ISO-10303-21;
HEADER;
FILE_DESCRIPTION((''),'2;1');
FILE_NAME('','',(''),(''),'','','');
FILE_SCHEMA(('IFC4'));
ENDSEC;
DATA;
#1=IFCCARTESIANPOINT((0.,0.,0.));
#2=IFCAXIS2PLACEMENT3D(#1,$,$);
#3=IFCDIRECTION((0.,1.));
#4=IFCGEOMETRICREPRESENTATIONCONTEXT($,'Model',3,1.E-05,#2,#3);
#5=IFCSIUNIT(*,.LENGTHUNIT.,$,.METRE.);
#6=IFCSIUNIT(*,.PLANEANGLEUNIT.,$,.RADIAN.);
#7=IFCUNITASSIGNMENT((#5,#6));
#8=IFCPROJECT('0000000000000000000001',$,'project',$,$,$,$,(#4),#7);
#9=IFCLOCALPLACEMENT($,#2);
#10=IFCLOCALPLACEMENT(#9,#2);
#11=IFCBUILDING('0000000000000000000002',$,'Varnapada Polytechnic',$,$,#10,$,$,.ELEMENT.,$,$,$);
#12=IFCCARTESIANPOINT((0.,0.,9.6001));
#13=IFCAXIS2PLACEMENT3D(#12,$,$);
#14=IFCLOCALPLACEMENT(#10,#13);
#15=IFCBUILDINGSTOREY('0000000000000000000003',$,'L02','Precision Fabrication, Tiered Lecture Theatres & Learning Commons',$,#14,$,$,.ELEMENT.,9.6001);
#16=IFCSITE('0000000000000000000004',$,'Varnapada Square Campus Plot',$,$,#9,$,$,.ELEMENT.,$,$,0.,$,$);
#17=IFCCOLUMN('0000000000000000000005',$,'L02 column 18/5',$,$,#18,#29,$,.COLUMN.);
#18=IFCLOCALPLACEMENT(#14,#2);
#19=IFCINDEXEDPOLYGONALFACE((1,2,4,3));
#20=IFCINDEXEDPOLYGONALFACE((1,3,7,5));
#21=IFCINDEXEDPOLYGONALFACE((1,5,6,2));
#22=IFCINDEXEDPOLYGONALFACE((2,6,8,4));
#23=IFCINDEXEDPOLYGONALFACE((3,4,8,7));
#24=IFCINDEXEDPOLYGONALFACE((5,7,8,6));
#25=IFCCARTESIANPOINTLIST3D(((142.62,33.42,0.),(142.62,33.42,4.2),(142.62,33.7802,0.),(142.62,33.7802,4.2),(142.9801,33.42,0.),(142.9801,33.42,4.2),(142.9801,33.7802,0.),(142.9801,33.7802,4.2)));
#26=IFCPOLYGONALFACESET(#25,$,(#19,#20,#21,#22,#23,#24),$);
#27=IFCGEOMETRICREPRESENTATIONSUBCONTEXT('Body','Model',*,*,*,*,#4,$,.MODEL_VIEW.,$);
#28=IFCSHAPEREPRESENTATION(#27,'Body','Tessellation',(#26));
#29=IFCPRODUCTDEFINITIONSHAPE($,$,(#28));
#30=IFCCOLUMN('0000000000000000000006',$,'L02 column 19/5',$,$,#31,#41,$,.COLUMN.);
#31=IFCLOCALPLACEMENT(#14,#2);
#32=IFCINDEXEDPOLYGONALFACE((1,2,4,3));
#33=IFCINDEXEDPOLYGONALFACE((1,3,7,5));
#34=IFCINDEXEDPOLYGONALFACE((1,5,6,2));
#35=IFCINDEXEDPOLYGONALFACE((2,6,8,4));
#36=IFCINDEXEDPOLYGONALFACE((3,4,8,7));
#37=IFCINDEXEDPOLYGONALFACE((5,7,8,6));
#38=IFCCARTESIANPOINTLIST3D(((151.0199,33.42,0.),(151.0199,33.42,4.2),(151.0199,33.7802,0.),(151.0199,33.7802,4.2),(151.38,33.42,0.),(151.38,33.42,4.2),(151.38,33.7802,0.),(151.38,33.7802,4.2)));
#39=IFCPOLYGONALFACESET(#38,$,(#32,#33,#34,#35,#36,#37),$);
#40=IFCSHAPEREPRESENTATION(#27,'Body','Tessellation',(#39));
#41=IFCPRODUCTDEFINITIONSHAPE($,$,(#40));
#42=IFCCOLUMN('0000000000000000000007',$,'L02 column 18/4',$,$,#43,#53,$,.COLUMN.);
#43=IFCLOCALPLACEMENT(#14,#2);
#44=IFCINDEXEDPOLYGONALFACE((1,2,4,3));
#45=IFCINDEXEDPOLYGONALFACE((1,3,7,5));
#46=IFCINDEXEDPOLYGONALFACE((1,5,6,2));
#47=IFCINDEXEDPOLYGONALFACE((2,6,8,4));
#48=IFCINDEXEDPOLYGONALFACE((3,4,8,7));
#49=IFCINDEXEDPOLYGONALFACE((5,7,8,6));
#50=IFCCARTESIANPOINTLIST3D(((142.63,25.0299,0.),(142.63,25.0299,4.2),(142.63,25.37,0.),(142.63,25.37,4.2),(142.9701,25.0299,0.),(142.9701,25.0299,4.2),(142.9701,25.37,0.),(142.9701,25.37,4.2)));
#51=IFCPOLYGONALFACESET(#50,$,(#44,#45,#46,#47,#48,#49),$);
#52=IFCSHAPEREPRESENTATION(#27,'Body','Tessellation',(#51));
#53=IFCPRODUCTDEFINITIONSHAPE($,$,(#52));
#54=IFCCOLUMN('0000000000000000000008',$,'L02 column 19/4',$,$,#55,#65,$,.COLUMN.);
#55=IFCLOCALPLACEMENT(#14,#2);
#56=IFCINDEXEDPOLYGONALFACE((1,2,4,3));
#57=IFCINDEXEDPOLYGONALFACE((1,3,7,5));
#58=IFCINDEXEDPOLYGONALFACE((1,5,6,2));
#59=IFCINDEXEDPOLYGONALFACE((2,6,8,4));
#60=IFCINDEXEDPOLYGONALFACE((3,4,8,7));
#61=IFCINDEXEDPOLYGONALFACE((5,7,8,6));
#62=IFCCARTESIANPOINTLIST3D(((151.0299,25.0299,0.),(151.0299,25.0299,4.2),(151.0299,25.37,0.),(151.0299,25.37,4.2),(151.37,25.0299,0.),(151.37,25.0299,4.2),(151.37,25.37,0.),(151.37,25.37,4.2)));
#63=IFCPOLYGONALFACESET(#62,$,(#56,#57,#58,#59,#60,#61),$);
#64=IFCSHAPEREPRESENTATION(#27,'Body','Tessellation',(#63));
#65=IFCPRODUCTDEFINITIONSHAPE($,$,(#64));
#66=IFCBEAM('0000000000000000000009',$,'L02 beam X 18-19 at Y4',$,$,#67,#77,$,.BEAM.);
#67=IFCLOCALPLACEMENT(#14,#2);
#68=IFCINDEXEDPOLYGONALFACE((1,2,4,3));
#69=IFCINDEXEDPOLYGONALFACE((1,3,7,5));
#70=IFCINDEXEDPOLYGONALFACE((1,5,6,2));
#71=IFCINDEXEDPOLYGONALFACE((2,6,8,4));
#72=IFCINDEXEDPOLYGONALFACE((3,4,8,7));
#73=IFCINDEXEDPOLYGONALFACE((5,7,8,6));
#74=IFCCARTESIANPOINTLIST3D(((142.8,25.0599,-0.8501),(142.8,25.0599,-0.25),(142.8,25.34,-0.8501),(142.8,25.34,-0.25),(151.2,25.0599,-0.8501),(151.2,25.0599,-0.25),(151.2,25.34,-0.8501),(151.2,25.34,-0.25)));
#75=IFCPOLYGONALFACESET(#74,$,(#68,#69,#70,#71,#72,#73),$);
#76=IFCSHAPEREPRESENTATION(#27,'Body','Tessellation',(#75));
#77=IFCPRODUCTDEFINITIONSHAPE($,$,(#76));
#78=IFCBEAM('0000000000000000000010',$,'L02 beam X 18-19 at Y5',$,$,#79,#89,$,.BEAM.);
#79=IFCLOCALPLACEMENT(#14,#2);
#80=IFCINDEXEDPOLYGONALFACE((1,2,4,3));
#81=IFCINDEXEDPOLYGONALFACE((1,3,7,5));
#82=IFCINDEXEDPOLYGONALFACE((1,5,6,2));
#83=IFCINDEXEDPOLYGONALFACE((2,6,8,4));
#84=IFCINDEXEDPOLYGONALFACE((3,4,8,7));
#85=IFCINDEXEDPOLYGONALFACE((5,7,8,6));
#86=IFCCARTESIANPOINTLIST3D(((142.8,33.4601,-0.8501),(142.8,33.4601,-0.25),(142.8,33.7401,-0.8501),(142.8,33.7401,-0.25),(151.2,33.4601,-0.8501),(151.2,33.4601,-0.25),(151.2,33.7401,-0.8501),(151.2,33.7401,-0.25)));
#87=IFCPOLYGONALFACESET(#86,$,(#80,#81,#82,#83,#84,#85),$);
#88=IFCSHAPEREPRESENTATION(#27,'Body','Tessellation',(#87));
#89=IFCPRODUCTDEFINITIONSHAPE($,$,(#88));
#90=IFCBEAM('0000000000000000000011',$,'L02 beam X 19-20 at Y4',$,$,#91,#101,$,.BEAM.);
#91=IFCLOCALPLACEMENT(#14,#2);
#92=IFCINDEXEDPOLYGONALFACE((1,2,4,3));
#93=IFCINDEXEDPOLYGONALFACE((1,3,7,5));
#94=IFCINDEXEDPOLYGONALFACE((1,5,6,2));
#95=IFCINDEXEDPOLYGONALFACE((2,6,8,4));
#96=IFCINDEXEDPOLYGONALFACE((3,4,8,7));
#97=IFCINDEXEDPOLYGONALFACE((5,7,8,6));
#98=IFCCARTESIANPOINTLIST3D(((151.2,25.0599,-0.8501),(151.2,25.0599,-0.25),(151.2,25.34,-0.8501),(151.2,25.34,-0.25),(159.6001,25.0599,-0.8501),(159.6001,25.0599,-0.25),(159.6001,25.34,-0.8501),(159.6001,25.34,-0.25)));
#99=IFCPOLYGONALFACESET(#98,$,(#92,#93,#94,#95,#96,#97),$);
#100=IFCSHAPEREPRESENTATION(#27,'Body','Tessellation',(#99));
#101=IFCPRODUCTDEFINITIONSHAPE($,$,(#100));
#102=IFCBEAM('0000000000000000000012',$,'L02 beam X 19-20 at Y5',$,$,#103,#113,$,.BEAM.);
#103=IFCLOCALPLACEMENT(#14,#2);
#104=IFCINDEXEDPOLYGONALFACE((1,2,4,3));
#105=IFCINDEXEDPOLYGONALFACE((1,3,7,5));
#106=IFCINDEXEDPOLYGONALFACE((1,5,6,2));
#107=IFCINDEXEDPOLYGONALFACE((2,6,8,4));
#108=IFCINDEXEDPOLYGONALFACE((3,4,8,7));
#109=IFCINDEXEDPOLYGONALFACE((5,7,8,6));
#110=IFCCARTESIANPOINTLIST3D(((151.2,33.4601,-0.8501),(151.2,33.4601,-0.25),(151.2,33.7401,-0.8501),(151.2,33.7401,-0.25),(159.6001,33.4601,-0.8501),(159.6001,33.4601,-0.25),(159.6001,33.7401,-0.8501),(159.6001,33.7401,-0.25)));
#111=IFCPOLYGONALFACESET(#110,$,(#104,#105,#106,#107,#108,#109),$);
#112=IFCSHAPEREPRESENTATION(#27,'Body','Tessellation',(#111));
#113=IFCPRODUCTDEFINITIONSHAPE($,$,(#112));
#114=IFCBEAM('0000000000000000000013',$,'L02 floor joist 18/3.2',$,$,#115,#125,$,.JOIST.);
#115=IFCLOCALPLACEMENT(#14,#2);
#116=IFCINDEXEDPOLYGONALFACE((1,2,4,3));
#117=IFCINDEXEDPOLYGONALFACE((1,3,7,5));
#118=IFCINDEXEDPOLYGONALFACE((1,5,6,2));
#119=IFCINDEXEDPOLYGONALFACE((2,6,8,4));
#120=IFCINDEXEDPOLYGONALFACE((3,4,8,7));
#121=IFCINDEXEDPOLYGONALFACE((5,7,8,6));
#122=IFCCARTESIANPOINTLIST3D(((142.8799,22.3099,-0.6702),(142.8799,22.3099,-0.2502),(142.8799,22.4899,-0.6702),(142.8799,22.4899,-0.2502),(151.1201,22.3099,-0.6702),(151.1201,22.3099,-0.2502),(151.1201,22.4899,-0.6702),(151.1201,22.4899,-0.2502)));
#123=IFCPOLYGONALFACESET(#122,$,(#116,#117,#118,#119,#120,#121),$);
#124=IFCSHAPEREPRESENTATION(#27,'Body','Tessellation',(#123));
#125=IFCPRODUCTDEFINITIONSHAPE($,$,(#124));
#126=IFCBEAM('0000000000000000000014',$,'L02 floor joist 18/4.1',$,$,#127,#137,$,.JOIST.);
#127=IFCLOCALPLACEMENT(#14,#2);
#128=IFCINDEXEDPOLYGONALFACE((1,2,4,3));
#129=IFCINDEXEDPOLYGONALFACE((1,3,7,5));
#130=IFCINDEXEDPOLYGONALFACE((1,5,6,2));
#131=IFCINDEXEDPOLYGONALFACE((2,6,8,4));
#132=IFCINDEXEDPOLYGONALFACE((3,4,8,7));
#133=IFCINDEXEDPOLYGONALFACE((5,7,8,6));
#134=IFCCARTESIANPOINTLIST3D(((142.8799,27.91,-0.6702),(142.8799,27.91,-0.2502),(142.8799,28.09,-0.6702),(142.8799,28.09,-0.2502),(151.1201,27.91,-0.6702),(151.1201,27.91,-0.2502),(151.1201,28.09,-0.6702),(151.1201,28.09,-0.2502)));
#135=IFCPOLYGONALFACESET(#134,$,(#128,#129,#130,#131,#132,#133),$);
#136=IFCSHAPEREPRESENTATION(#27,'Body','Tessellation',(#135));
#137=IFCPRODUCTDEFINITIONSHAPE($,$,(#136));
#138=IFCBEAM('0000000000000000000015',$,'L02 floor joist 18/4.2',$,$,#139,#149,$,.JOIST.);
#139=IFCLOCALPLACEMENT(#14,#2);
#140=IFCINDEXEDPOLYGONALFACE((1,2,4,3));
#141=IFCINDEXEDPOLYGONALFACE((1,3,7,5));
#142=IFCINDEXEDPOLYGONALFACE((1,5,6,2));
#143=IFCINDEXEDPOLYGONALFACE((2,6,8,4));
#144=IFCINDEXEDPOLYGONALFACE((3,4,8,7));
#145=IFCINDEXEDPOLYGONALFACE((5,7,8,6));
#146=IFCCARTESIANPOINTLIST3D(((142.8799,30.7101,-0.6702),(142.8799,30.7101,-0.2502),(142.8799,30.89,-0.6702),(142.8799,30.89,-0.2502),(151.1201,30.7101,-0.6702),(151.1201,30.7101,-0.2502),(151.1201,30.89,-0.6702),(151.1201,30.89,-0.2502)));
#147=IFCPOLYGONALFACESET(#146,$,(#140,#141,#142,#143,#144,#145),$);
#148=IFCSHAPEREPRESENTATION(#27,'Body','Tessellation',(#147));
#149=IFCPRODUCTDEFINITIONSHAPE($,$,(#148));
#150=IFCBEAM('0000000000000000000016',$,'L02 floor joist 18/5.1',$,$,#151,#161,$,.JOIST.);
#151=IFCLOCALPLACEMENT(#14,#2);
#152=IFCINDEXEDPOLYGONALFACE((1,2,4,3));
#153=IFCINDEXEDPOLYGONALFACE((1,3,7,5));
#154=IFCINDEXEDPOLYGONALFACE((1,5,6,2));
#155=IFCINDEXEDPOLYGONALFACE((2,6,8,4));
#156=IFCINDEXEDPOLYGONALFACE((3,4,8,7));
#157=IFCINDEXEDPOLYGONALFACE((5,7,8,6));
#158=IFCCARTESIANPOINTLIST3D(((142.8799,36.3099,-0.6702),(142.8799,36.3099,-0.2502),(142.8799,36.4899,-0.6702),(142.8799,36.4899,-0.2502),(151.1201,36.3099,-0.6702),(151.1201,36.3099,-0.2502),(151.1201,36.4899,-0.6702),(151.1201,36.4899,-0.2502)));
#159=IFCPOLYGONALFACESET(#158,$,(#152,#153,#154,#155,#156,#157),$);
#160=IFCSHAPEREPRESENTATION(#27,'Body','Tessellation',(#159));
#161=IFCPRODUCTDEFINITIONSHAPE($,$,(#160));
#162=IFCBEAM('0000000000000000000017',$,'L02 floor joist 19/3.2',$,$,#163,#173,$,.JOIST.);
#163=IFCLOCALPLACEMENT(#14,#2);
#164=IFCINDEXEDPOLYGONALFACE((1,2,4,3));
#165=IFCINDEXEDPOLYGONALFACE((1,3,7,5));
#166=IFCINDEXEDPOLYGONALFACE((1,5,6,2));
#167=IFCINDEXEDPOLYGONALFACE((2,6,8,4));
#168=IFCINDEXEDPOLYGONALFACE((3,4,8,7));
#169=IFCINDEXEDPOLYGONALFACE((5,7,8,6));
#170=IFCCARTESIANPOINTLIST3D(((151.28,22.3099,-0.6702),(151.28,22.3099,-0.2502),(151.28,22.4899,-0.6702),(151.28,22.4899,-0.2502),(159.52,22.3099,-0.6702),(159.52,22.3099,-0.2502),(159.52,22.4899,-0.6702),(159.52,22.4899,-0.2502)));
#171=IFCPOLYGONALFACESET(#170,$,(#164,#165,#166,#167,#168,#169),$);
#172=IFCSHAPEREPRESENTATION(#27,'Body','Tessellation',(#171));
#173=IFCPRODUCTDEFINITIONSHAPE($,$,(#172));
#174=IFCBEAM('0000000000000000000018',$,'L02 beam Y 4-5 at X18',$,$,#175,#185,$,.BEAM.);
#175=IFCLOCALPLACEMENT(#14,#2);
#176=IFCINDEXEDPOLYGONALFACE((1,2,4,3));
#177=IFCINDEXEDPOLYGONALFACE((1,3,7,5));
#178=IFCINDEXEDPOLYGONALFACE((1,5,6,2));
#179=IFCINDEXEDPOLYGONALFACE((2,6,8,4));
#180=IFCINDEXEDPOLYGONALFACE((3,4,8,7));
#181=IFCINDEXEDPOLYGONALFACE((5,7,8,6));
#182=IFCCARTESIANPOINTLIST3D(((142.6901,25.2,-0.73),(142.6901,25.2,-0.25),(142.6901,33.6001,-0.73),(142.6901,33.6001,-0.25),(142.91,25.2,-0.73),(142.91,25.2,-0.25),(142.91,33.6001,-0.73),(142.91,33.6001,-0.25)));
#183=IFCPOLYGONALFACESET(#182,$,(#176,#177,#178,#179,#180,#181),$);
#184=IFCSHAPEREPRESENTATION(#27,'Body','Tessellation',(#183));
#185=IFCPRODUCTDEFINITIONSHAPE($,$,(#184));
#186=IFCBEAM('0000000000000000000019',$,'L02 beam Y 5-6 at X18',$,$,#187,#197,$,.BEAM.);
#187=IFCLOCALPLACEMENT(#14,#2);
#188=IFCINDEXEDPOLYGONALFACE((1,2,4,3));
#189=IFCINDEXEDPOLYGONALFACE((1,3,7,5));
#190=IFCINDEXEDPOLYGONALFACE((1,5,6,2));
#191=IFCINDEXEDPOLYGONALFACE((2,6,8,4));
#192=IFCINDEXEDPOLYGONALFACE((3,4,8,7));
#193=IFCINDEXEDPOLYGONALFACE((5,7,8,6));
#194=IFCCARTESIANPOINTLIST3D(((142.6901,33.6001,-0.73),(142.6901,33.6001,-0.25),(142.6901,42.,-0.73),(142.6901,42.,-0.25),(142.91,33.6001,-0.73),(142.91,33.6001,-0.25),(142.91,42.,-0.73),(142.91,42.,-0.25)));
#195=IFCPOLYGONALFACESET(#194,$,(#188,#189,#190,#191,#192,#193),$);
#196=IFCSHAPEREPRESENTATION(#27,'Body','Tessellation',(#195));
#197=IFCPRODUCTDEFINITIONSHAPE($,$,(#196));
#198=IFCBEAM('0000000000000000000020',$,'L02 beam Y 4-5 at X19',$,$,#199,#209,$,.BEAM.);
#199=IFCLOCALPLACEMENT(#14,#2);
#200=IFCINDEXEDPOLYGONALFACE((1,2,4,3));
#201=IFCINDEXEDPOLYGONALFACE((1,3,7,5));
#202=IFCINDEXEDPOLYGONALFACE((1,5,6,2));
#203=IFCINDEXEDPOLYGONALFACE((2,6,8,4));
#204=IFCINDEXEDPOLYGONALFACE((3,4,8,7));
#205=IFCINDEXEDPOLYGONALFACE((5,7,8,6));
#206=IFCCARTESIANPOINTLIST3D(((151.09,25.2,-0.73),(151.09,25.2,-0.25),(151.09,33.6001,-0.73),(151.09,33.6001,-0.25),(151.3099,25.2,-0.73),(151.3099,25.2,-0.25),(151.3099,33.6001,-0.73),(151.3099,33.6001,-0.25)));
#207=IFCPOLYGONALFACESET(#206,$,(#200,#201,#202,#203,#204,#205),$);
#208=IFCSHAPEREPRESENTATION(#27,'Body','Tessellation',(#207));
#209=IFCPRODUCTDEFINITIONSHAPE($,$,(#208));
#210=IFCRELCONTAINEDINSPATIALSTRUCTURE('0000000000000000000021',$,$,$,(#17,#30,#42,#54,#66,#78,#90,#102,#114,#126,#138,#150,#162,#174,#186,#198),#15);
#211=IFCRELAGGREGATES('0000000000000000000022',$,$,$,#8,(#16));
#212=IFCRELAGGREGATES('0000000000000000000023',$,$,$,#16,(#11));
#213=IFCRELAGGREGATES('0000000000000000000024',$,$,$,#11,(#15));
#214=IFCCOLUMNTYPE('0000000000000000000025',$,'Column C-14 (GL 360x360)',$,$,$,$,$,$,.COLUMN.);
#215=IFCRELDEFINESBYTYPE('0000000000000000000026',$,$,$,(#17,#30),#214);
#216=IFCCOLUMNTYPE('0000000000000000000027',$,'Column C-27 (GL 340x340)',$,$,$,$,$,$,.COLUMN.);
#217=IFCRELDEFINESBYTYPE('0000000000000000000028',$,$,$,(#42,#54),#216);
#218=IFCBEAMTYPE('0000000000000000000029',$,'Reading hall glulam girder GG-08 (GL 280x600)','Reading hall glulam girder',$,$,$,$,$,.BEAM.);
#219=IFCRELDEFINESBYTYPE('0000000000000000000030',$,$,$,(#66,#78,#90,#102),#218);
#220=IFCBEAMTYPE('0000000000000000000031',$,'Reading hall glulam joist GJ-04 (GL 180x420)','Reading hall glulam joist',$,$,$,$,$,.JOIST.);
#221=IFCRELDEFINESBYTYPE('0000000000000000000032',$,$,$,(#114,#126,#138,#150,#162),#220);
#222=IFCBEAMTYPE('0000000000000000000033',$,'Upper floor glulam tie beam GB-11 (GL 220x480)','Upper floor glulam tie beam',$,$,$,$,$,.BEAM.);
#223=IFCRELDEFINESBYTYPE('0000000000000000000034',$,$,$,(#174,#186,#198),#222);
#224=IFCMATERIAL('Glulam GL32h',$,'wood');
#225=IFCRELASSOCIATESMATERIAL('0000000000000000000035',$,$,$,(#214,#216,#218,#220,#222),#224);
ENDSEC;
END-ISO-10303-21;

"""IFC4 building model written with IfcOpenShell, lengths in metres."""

from ifc_helpers import new_model, si_unit, direction, frame, origin, origin_2d, place, context, subcontext, project, spatial, rectangle, extrude, material, material_profile, profile_set, type_object, element, save


model = new_model("IFC4")

# Units and contexts
model_context = context("Model", 3, precision=1e-05, world=origin(), true_north=direction((0.0, 1.0)))
body_context = subcontext(model_context, "Body", "Model", "MODEL_VIEW")
ifc_project = project(units=[si_unit("LENGTHUNIT", "METRE"), si_unit("PLANEANGLEUNIT", "RADIAN")], contexts=[model_context])

# Site, building, storey
site_placement = place(None, origin())
site = spatial("IfcSite", under=ifc_project, at=site_placement, Name="Varnapada Square Campus Plot", CompositionType="ELEMENT", RefElevation=0.0)
building_placement = place(site_placement, origin())
building = spatial("IfcBuilding", under=site, at=building_placement, Name="Varnapada Polytechnic", CompositionType="ELEMENT")
storey_placement = place(building_placement, frame((0.0, 0.0, 9.6001)))
storey = spatial("IfcBuildingStorey", under=building, at=storey_placement, Name="L02", Description="Precision Fabrication, Tiered Lecture Theatres & Learning Commons", CompositionType="ELEMENT", Elevation=9.6001)

# Columns
ifc_material_1 = material(Name="Glulam GL32h", Category="wood")
ifc_material_profile_1 = material_profile(ifc_material_1, rectangle(XDim=0.3601, YDim=0.3601, at=origin_2d()), Name="GL 360x360")
ifc_profile_set_1 = profile_set([ifc_material_profile_1], Name="Glulam GL32h")
column_type_1 = type_object("IfcColumnType", Name="Column C-14 (GL 360x360)", PredefinedType="COLUMN", material=ifc_profile_set_1)
for number, where, z_axis, x_axis, name in (
    (1, (142.8, 33.6001, 0.0), (0.0, 0.0, 1.0), (1.0, 0.0, 0.0), "L02 column 18/5"),
    (2, (151.2, 33.6001, 0.0), (0.0, 0.0, 1.0), (1.0, 0.0, 0.0), "L02 column 19/5"),
):
    element("IfcColumn", number, at=place(storey_placement, frame(where, z_axis=z_axis, x_axis=x_axis)), inside=storey, type_object=column_type_1, Name=name, PredefinedType="COLUMN", context=body_context, shape_type="SweptSolid", body=[
        extrude(rectangle(XDim=0.3601, YDim=0.3601, at=origin_2d()), origin(), (0.0, 0.0, 1.0), 4.2),
    ])
ifc_material_profile_2 = material_profile(ifc_material_1, rectangle(XDim=0.3401, YDim=0.3401, at=origin_2d()), Name="GL 340x340")
ifc_profile_set_2 = profile_set([ifc_material_profile_2], Name="Glulam GL32h")
column_type_2 = type_object("IfcColumnType", Name="Column C-27 (GL 340x340)", PredefinedType="COLUMN", material=ifc_profile_set_2)
for number, where, z_axis, x_axis, name in (
    (3, (142.8, 25.2, 0.0), (0.0, 0.0, 1.0), (1.0, 0.0, 0.0), "L02 column 18/4"),
    (4, (151.2, 25.2, 0.0), (0.0, 0.0, 1.0), (1.0, 0.0, 0.0), "L02 column 19/4"),
):
    element("IfcColumn", number, at=place(storey_placement, frame(where, z_axis=z_axis, x_axis=x_axis)), inside=storey, type_object=column_type_2, Name=name, PredefinedType="COLUMN", context=body_context, shape_type="SweptSolid", body=[
        extrude(rectangle(XDim=0.3401, YDim=0.3401, at=origin_2d()), origin(), (0.0, 0.0, 1.0), 4.2),
    ])

# Beams
ifc_material_profile_3 = material_profile(ifc_material_1, rectangle(XDim=0.28, YDim=0.6001, at=origin_2d()), Name="GL 280x600")
ifc_profile_set_3 = profile_set([ifc_material_profile_3], Name="Glulam GL32h")
beam_type_1 = type_object("IfcBeamType", Name="Reading hall glulam girder GG-08 (GL 280x600)", Description="Reading hall glulam girder", PredefinedType="BEAM", material=ifc_profile_set_3)
for number, where, z_axis, x_axis, name in (
    (5, (142.8, 25.2, -0.55), (1.0, 0.0, 0.0), (0.0, 1.0, 0.0), "L02 beam X 18-19 at Y4"),
    (6, (142.8, 33.6001, -0.55), (1.0, 0.0, 0.0), (0.0, 1.0, 0.0), "L02 beam X 18-19 at Y5"),
):
    element("IfcBeam", number, at=place(storey_placement, frame(where, z_axis=z_axis, x_axis=x_axis)), inside=storey, type_object=beam_type_1, Name=name, PredefinedType="BEAM", context=body_context, shape_type="SweptSolid", body=[
        extrude(rectangle(XDim=0.28, YDim=0.6001, at=origin_2d()), origin(), (0.0, 0.0, 1.0), 8.3999),
    ])
for number, where, z_axis, x_axis, name in (
    (7, (151.2, 25.2, -0.55), (1.0, 0.0, 0.0), (0.0, 1.0, 0.0), "L02 beam X 19-20 at Y4"),
    (8, (151.2, 33.6001, -0.55), (1.0, 0.0, 0.0), (0.0, 1.0, 0.0), "L02 beam X 19-20 at Y5"),
):
    element("IfcBeam", number, at=place(storey_placement, frame(where, z_axis=z_axis, x_axis=x_axis)), inside=storey, type_object=beam_type_1, Name=name, PredefinedType="BEAM", context=body_context, shape_type="SweptSolid", body=[
        extrude(rectangle(XDim=0.28, YDim=0.6001, at=origin_2d()), origin(), (0.0, 0.0, 1.0), 8.4001),
    ])
ifc_material_profile_4 = material_profile(ifc_material_1, rectangle(XDim=0.1799, YDim=0.4199, at=origin_2d()), Name="GL 180x420")
ifc_profile_set_4 = profile_set([ifc_material_profile_4], Name="Glulam GL32h")
beam_type_2 = type_object("IfcBeamType", Name="Reading hall glulam joist GJ-04 (GL 180x420)", Description="Reading hall glulam joist", PredefinedType="JOIST", material=ifc_profile_set_4)
for number, where, z_axis, x_axis, name in (
    (9, (142.8799, 22.3999, -0.4602), (1.0, 0.0, 0.0), (0.0, 1.0, 0.0), "L02 floor joist 18/3.2"),
    (10, (142.8799, 28.0, -0.4602), (1.0, 0.0, 0.0), (0.0, 1.0, 0.0), "L02 floor joist 18/4.1"),
    (11, (142.8799, 30.8, -0.4602), (1.0, 0.0, 0.0), (0.0, 1.0, 0.0), "L02 floor joist 18/4.2"),
    (12, (142.8799, 36.3999, -0.4602), (1.0, 0.0, 0.0), (0.0, 1.0, 0.0), "L02 floor joist 18/5.1"),
):
    element("IfcBeam", number, at=place(storey_placement, frame(where, z_axis=z_axis, x_axis=x_axis)), inside=storey, type_object=beam_type_2, Name=name, PredefinedType="JOIST", context=body_context, shape_type="SweptSolid", body=[
        extrude(rectangle(XDim=0.1799, YDim=0.4199, at=origin_2d()), origin(), (0.0, 0.0, 1.0), 8.2402),
    ])
beam_1_placement = place(storey_placement, frame((151.28, 22.3999, -0.4602), z_axis=(1.0, 0.0, 0.0), x_axis=(0.0, 1.0, 0.0)))
element("IfcBeam", 13, at=beam_1_placement, inside=storey, type_object=beam_type_2, Name="L02 floor joist 19/3.2", PredefinedType="JOIST", context=body_context, shape_type="SweptSolid", body=[
    extrude(rectangle(XDim=0.1799, YDim=0.4199, at=origin_2d()), origin(), (0.0, 0.0, 1.0), 8.24),
])
ifc_material_profile_5 = material_profile(ifc_material_1, rectangle(XDim=0.22, YDim=0.48, at=origin_2d()), Name="GL 220x480")
ifc_profile_set_5 = profile_set([ifc_material_profile_5], Name="Glulam GL32h")
beam_type_3 = type_object("IfcBeamType", Name="Upper floor glulam tie beam GB-11 (GL 220x480)", Description="Upper floor glulam tie beam", PredefinedType="BEAM", material=ifc_profile_set_5)
beam_2_placement = place(storey_placement, frame((142.8, 25.2, -0.49), z_axis=(0.0, 1.0, 0.0), x_axis=(-1.0, 0.0, 0.0)))
element("IfcBeam", 14, at=beam_2_placement, inside=storey, type_object=beam_type_3, Name="L02 beam Y 4-5 at X18", PredefinedType="BEAM", context=body_context, shape_type="SweptSolid", body=[
    extrude(rectangle(XDim=0.22, YDim=0.48, at=origin_2d()), origin(), (0.0, 0.0, 1.0), 8.4001),
])
beam_3_placement = place(storey_placement, frame((142.8, 33.6001, -0.49), z_axis=(0.0, 1.0, 0.0), x_axis=(-1.0, 0.0, 0.0)))
element("IfcBeam", 15, at=beam_3_placement, inside=storey, type_object=beam_type_3, Name="L02 beam Y 5-6 at X18", PredefinedType="BEAM", context=body_context, shape_type="SweptSolid", body=[
    extrude(rectangle(XDim=0.22, YDim=0.48, at=origin_2d()), origin(), (0.0, 0.0, 1.0), 8.3999),
])
beam_4_placement = place(storey_placement, frame((151.2, 25.2, -0.49), z_axis=(0.0, 1.0, 0.0), x_axis=(-1.0, 0.0, 0.0)))
element("IfcBeam", 16, at=beam_4_placement, inside=storey, type_object=beam_type_3, Name="L02 beam Y 4-5 at X19", PredefinedType="BEAM", context=body_context, shape_type="SweptSolid", body=[
    extrude(rectangle(XDim=0.22, YDim=0.48, at=origin_2d()), origin(), (0.0, 0.0, 1.0), 8.4001),
])

save(model, "model.ifc")
